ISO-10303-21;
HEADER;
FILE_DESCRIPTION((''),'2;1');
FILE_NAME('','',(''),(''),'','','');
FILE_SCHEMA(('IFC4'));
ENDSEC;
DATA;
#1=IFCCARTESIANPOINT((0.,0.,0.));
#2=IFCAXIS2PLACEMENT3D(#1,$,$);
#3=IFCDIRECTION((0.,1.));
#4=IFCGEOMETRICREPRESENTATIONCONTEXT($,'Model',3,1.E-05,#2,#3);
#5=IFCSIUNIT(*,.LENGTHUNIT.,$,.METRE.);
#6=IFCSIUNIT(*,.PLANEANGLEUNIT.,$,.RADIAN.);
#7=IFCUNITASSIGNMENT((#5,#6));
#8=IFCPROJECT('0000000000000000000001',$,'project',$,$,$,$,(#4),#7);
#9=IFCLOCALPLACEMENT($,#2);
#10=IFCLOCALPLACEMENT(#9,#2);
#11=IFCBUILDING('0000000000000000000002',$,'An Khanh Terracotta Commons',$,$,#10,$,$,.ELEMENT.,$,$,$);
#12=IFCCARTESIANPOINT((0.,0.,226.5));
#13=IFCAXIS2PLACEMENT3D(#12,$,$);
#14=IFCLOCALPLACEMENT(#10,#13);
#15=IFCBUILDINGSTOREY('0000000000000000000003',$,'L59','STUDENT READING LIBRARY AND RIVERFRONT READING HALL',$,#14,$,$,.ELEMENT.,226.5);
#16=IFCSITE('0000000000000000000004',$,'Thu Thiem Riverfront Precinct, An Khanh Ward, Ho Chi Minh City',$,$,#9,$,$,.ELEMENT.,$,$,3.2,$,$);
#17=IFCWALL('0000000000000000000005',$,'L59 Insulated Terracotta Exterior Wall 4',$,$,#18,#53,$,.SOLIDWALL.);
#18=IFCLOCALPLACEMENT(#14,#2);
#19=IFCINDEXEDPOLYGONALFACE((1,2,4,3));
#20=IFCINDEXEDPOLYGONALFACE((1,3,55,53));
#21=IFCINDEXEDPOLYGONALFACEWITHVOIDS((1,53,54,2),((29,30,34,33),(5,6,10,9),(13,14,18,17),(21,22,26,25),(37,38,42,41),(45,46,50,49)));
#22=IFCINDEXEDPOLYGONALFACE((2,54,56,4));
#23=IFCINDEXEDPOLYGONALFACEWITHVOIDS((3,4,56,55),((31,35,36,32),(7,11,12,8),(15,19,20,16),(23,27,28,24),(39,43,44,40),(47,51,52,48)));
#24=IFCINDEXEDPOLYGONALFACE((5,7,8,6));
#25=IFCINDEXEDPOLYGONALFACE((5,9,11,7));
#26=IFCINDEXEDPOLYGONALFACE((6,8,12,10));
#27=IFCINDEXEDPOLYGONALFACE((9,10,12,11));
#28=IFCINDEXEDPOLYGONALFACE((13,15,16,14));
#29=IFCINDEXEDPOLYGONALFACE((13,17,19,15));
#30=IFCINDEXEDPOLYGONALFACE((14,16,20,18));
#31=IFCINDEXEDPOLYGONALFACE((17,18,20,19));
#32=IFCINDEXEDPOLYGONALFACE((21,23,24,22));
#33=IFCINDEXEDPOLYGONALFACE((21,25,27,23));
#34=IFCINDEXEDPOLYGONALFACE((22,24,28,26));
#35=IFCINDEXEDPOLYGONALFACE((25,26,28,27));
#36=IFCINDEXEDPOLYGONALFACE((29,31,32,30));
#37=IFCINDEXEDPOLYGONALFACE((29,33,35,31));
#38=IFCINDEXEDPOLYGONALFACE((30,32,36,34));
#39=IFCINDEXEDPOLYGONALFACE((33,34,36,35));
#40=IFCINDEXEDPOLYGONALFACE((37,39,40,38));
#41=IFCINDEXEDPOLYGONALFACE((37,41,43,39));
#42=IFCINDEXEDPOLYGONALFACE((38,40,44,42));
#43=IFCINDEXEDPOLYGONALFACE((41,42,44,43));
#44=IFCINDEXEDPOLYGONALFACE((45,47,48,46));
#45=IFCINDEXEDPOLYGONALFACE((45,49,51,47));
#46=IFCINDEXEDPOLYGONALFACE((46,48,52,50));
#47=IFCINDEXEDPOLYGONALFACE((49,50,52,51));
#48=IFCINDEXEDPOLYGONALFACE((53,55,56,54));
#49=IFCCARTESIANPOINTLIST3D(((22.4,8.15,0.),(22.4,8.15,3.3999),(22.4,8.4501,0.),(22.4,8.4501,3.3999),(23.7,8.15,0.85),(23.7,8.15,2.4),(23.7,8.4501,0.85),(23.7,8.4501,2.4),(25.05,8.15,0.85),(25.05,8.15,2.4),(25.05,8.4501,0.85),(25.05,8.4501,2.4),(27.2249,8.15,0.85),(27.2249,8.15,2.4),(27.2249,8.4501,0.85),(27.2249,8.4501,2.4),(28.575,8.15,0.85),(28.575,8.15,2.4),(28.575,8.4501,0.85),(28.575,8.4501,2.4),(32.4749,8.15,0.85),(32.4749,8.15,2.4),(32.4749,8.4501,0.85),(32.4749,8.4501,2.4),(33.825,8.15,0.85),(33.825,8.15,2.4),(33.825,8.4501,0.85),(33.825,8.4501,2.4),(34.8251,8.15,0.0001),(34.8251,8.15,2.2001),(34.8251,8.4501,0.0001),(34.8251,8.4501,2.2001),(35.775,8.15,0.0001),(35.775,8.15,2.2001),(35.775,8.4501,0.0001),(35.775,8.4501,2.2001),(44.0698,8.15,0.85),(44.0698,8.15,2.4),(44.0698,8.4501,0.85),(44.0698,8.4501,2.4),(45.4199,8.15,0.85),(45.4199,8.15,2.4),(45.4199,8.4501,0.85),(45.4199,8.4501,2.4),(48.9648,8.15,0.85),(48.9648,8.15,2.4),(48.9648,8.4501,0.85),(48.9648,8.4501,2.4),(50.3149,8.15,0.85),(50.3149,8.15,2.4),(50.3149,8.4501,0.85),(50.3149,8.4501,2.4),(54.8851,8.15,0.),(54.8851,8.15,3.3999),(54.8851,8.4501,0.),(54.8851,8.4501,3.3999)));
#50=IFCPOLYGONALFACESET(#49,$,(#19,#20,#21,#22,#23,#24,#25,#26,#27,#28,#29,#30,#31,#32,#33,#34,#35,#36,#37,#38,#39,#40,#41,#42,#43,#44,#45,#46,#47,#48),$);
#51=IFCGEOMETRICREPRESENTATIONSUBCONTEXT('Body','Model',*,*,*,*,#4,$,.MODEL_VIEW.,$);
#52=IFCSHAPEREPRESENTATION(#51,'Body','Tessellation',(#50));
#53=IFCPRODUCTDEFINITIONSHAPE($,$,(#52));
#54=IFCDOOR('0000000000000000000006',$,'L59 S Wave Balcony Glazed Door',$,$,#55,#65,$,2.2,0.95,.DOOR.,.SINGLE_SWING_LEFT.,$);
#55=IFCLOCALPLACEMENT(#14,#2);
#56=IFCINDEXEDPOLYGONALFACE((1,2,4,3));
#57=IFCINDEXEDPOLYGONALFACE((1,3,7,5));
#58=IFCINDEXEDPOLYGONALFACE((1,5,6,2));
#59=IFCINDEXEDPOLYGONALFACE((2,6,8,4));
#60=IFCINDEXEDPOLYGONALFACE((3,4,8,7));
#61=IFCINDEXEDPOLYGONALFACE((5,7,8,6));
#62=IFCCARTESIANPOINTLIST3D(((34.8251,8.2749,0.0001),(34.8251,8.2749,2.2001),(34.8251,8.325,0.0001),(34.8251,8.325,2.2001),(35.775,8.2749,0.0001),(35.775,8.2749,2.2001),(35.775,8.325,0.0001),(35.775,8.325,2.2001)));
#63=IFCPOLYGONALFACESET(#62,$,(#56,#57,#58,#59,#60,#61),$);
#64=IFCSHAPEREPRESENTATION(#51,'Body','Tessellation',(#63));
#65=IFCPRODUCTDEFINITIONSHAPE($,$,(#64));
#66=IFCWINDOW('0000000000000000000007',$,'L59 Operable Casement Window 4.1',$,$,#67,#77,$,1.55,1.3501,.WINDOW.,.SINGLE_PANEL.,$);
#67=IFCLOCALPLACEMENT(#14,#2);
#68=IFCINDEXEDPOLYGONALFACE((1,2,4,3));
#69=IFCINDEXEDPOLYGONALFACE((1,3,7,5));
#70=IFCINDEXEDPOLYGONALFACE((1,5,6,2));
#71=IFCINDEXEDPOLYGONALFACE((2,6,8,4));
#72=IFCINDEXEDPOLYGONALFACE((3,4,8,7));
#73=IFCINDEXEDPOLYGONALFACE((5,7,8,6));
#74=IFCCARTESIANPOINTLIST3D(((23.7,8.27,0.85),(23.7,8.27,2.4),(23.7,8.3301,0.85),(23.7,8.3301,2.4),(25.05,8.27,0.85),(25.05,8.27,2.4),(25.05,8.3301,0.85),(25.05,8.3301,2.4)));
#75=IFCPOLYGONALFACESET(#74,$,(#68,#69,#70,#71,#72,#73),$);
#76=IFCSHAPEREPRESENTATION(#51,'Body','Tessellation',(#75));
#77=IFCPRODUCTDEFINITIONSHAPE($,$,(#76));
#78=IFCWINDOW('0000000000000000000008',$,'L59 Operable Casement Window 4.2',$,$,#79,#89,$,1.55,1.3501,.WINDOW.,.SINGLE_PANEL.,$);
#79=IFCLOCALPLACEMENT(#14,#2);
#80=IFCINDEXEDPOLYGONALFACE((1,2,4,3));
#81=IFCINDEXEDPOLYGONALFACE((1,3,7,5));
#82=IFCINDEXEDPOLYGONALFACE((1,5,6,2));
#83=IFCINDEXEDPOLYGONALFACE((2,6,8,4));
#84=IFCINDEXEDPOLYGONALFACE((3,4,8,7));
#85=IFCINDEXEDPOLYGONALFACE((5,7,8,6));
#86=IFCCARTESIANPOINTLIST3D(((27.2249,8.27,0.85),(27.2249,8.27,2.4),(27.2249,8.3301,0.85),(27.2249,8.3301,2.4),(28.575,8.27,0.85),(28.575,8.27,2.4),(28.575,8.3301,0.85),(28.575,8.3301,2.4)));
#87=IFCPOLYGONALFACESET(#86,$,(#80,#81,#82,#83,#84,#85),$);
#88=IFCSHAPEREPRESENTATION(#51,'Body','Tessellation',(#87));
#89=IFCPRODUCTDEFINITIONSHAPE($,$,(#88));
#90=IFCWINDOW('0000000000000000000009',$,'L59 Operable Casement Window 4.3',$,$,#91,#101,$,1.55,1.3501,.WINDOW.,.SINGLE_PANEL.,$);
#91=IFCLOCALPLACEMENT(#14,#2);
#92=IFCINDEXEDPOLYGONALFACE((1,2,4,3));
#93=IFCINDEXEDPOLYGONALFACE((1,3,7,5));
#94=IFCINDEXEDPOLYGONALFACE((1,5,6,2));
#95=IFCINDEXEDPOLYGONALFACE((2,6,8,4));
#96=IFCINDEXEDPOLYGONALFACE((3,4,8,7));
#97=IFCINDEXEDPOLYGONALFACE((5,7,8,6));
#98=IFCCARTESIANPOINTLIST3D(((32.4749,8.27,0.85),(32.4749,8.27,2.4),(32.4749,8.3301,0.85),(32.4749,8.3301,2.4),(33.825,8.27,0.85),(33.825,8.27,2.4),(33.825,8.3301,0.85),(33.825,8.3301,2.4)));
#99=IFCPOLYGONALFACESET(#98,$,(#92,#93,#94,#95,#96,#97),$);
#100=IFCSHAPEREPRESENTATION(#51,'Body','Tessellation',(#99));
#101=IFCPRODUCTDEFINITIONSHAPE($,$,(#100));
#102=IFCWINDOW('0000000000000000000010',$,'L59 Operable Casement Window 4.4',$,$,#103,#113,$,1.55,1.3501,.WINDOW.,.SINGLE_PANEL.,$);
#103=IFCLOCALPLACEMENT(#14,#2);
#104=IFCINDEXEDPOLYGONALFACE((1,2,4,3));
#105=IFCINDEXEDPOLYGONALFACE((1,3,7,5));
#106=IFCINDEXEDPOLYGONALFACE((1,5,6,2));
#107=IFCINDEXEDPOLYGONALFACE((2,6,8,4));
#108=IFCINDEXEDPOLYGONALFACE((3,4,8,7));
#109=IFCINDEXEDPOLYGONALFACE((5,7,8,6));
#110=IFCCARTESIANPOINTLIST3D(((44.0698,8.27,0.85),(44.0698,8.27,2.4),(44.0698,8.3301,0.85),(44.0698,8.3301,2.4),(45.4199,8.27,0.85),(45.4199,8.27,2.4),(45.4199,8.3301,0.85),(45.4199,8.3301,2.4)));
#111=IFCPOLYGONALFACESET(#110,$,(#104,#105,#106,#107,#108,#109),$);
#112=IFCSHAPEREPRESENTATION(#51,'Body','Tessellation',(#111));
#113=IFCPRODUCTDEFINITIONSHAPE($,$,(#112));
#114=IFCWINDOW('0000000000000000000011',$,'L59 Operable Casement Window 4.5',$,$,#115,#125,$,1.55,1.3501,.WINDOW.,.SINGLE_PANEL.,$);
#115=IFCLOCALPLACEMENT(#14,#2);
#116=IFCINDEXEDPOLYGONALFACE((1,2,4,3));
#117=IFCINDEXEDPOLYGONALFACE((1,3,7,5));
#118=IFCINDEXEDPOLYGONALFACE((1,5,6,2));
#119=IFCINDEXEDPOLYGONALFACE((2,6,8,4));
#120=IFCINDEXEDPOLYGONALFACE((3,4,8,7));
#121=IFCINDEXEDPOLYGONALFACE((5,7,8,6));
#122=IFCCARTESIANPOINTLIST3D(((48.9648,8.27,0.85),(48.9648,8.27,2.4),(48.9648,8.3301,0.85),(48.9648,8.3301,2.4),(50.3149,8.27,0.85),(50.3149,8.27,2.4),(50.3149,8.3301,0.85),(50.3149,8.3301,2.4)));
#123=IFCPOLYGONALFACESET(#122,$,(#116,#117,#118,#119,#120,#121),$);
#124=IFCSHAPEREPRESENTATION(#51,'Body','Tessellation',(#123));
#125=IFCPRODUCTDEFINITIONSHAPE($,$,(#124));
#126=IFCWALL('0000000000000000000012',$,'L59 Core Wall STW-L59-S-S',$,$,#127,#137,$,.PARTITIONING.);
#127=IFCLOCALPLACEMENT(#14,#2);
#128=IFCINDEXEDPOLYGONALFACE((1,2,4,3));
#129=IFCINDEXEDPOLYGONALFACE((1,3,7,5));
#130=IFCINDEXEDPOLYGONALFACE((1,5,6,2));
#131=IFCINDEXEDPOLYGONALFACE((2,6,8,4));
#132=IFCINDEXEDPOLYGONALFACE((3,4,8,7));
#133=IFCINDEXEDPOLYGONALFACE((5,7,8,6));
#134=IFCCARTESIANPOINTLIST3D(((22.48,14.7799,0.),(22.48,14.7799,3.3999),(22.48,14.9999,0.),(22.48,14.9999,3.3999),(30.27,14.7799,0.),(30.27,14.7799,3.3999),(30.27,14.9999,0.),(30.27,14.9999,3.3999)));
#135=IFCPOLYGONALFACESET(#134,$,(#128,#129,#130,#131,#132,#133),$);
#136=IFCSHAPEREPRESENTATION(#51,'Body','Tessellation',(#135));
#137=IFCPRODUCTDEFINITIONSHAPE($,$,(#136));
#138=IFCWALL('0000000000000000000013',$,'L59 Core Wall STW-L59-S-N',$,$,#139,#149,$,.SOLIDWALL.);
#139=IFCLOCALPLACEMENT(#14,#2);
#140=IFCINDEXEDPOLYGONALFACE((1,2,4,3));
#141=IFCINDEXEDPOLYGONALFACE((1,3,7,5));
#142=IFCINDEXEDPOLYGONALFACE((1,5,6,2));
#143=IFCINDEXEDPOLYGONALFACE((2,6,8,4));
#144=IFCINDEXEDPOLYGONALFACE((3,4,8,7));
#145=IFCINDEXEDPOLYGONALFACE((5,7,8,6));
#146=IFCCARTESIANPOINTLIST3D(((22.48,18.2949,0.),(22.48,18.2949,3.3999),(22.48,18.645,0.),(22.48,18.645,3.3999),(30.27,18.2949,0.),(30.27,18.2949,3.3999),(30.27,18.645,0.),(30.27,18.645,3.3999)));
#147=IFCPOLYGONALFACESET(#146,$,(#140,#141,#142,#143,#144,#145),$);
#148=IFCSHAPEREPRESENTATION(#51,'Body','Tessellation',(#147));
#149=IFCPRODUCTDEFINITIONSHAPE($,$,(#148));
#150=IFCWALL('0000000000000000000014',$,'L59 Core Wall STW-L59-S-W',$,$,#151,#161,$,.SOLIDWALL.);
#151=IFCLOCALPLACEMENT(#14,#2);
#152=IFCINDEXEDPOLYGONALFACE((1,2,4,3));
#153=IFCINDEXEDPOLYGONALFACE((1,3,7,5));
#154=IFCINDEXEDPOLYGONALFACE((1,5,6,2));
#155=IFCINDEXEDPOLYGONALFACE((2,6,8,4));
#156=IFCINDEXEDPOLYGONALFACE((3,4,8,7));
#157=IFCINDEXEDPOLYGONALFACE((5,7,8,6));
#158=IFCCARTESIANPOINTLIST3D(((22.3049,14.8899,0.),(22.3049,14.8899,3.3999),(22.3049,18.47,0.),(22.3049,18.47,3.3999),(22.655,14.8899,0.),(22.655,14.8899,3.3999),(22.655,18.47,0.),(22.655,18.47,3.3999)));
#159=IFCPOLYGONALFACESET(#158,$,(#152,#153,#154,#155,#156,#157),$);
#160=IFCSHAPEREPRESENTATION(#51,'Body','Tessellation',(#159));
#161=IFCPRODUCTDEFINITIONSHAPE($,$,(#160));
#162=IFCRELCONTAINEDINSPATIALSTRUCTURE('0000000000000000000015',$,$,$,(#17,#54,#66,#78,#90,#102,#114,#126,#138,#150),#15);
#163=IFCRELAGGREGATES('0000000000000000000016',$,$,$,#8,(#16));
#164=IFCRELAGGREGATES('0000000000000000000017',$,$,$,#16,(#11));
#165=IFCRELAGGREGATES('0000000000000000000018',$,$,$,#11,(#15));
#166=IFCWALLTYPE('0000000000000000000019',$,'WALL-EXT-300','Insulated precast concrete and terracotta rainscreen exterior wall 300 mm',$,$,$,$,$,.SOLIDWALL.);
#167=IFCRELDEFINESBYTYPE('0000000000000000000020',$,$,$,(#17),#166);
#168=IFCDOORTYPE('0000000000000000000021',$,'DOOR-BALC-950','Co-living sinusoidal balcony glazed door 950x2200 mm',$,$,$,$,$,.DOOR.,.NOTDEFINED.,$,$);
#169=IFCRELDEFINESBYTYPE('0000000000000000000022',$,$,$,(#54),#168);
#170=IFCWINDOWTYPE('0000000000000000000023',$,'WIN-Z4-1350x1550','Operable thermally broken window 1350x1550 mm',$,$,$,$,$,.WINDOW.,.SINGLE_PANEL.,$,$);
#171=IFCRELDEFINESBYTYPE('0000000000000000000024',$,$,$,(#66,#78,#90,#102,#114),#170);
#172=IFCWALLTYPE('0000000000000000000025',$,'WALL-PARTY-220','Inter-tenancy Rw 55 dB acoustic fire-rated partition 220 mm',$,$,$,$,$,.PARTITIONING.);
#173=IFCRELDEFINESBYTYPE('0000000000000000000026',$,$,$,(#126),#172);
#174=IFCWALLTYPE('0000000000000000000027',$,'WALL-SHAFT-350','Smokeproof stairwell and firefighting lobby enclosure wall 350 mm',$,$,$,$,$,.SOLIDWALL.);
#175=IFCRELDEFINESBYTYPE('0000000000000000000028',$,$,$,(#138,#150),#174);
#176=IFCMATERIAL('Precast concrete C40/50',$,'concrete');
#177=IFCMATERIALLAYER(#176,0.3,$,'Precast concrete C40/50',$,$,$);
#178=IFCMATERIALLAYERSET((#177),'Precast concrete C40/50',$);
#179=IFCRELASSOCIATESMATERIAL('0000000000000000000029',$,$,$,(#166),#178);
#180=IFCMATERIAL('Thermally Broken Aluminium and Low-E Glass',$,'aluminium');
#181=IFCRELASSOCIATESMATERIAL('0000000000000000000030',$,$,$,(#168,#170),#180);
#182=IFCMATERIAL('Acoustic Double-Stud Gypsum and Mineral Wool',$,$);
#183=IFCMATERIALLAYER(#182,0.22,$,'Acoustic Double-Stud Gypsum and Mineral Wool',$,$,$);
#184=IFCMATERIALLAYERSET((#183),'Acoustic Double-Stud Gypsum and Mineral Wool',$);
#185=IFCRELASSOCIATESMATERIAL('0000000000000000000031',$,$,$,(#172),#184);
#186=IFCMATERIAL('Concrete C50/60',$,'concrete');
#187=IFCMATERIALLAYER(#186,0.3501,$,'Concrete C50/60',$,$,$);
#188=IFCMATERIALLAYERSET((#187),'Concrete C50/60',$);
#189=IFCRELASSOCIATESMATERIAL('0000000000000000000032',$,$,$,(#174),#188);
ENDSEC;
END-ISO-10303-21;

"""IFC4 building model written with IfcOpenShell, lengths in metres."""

from ifc_helpers import new_model, si_unit, direction, frame, frame_2d, origin, place, context, subcontext, project, spatial, rectangle, extrude, material, layer, layer_set, type_object, element, fill, save


model = new_model("IFC4")

# Units and contexts
model_context = context("Model", 3, precision=1e-05, world=origin(), true_north=direction((0.0, 1.0)))
body_context = subcontext(model_context, "Body", "Model", "MODEL_VIEW")
ifc_project = project(units=[si_unit("LENGTHUNIT", "METRE"), si_unit("PLANEANGLEUNIT", "RADIAN")], contexts=[model_context])

# Site, building, storey
site_placement = place(None, origin())
site = spatial("IfcSite", under=ifc_project, at=site_placement, Name="Thu Thiem Riverfront Precinct, An Khanh Ward, Ho Chi Minh City", CompositionType="ELEMENT", RefElevation=3.2)
building_placement = place(site_placement, origin())
building = spatial("IfcBuilding", under=site, at=building_placement, Name="An Khanh Terracotta Commons", CompositionType="ELEMENT")
storey_placement = place(building_placement, frame((0.0, 0.0, 226.5)))
storey = spatial("IfcBuildingStorey", under=building, at=storey_placement, Name="L59", Description="STUDENT READING LIBRARY AND RIVERFRONT READING HALL", CompositionType="ELEMENT", Elevation=226.5)

# Shared definitions
ifc_material_1 = material(Name="Concrete C50/60", Category="concrete")
ifc_material_2 = material(Name="Precast concrete C40/50", Category="concrete")
ifc_layer_1 = layer(ifc_material_2, 0.3, Name="Precast concrete C40/50")
ifc_layer_set_1 = layer_set([ifc_layer_1], Name="Precast concrete C40/50")
wall_type_1 = type_object("IfcWallType", Name="WALL-EXT-300", Description="Insulated precast concrete and terracotta rainscreen exterior wall 300 mm", PredefinedType="SOLIDWALL", material=ifc_layer_set_1)

# Wall, openings, door, windows
wall_1_placement = place(storey_placement, frame((22.3999, 8.3, 0.0), z_axis=(0.0, 0.0, 1.0), x_axis=(1.0, 0.0, 0.0)))
wall_1 = element("IfcWall", 1, at=wall_1_placement, inside=storey, type_object=wall_type_1, Name="L59 Insulated Terracotta Exterior Wall 4", PredefinedType="SOLIDWALL", context=body_context, shape_type="SweptSolid", body=[
    extrude(rectangle(XDim=32.4851, YDim=0.3, at=frame_2d((16.2427, 0.0))), origin(), (0.0, 0.0, 1.0), 3.3999),
])
opening_1_placement = place(wall_1_placement, frame((12.425, 0.0, 0.0)))
opening_1 = element("IfcOpeningElement", 2, at=opening_1_placement, cuts=wall_1, PredefinedType="OPENING", context=body_context, shape_type="SweptSolid", body=[
    extrude(rectangle(XDim=0.95, YDim=2.2, at=frame_2d((0.4751, 1.1001))), frame((0.0, 0.1599, 0.0), z_axis=(0.0, -1.0, 0.0), x_axis=(1.0, 0.0, 0.0)), (0.0, 0.0, 1.0), 0.3201),
])
opening_2_placement = place(wall_1_placement, frame((1.3, 0.0, 0.8501)))
opening_2 = element("IfcOpeningElement", 3, at=opening_2_placement, cuts=wall_1, PredefinedType="OPENING", context=body_context, shape_type="SweptSolid", body=[
    extrude(rectangle(XDim=1.3501, YDim=1.55, at=frame_2d((0.675, 0.7749))), frame((0.0, 0.1599, 0.0), z_axis=(0.0, -1.0, 0.0), x_axis=(1.0, 0.0, 0.0)), (0.0, 0.0, 1.0), 0.3201),
])
opening_3_placement = place(wall_1_placement, frame((4.825, 0.0, 0.8501)))
opening_3 = element("IfcOpeningElement", 4, at=opening_3_placement, cuts=wall_1, PredefinedType="OPENING", context=body_context, shape_type="SweptSolid", body=[
    extrude(rectangle(XDim=1.3501, YDim=1.55, at=frame_2d((0.675, 0.7749))), frame((0.0, 0.1599, 0.0), z_axis=(0.0, -1.0, 0.0), x_axis=(1.0, 0.0, 0.0)), (0.0, 0.0, 1.0), 0.3201),
])
opening_4_placement = place(wall_1_placement, frame((10.075, 0.0, 0.8501)))
opening_4 = element("IfcOpeningElement", 5, at=opening_4_placement, cuts=wall_1, PredefinedType="OPENING", context=body_context, shape_type="SweptSolid", body=[
    extrude(rectangle(XDim=1.3501, YDim=1.55, at=frame_2d((0.675, 0.7749))), frame((0.0, 0.1599, 0.0), z_axis=(0.0, -1.0, 0.0), x_axis=(1.0, 0.0, 0.0)), (0.0, 0.0, 1.0), 0.3201),
])
opening_5_placement = place(wall_1_placement, frame((21.6699, 0.0, 0.8501)))
opening_5 = element("IfcOpeningElement", 6, at=opening_5_placement, cuts=wall_1, PredefinedType="OPENING", context=body_context, shape_type="SweptSolid", body=[
    extrude(rectangle(XDim=1.3501, YDim=1.55, at=frame_2d((0.675, 0.7749))), frame((0.0, 0.1599, 0.0), z_axis=(0.0, -1.0, 0.0), x_axis=(1.0, 0.0, 0.0)), (0.0, 0.0, 1.0), 0.3201),
])
opening_6_placement = place(wall_1_placement, frame((26.5649, 0.0, 0.8501)))
opening_6 = element("IfcOpeningElement", 7, at=opening_6_placement, cuts=wall_1, PredefinedType="OPENING", context=body_context, shape_type="SweptSolid", body=[
    extrude(rectangle(XDim=1.3501, YDim=1.55, at=frame_2d((0.675, 0.7749))), frame((0.0, 0.1599, 0.0), z_axis=(0.0, -1.0, 0.0), x_axis=(1.0, 0.0, 0.0)), (0.0, 0.0, 1.0), 0.3201),
])
ifc_material_3 = material(Name="Thermally Broken Aluminium and Low-E Glass", Category="aluminium")
door_type = type_object("IfcDoorType", Name="DOOR-BALC-950", Description="Co-living sinusoidal balcony glazed door 950x2200 mm", OperationType="NOTDEFINED", PredefinedType="DOOR", material=ifc_material_3)
door_placement = place(opening_1_placement, origin())
door = element("IfcDoor", 8, at=door_placement, inside=storey, type_object=door_type, Name="L59 S Wave Balcony Glazed Door", OperationType="SINGLE_SWING_LEFT", OverallHeight=2.2, OverallWidth=0.95, PredefinedType="DOOR", context=body_context, shape_type="SweptSolid", body=[
    extrude(rectangle(XDim=0.95, YDim=2.2, at=frame_2d((0.4751, 1.1001))), frame((0.0, 0.0249, 0.0), z_axis=(0.0, -1.0, 0.0), x_axis=(1.0, 0.0, 0.0)), (0.0, 0.0, 1.0), 0.05),
])
fill(opening_1, door)
window_type = type_object("IfcWindowType", Name="WIN-Z4-1350x1550", Description="Operable thermally broken window 1350x1550 mm", PartitioningType="SINGLE_PANEL", PredefinedType="WINDOW", material=ifc_material_3)
window_1_placement = place(opening_2_placement, origin())
window_1 = element("IfcWindow", 9, at=window_1_placement, inside=storey, type_object=window_type, Name="L59 Operable Casement Window 4.1", OverallHeight=1.55, OverallWidth=1.3501, PartitioningType="SINGLE_PANEL", PredefinedType="WINDOW", context=body_context, shape_type="SweptSolid", body=[
    extrude(rectangle(XDim=1.3501, YDim=1.55, at=frame_2d((0.675, 0.7749))), frame((0.0, 0.03, 0.0), z_axis=(0.0, -1.0, 0.0), x_axis=(1.0, 0.0, 0.0)), (0.0, 0.0, 1.0), 0.0601),
])
fill(opening_2, window_1)
window_2_placement = place(opening_3_placement, origin())
window_2 = element("IfcWindow", 10, at=window_2_placement, inside=storey, type_object=window_type, Name="L59 Operable Casement Window 4.2", OverallHeight=1.55, OverallWidth=1.3501, PartitioningType="SINGLE_PANEL", PredefinedType="WINDOW", context=body_context, shape_type="SweptSolid", body=[
    extrude(rectangle(XDim=1.3501, YDim=1.55, at=frame_2d((0.675, 0.7749))), frame((0.0, 0.03, 0.0), z_axis=(0.0, -1.0, 0.0), x_axis=(1.0, 0.0, 0.0)), (0.0, 0.0, 1.0), 0.0601),
])
fill(opening_3, window_2)
window_3_placement = place(opening_4_placement, origin())
window_3 = element("IfcWindow", 11, at=window_3_placement, inside=storey, type_object=window_type, Name="L59 Operable Casement Window 4.3", OverallHeight=1.55, OverallWidth=1.3501, PartitioningType="SINGLE_PANEL", PredefinedType="WINDOW", context=body_context, shape_type="SweptSolid", body=[
    extrude(rectangle(XDim=1.3501, YDim=1.55, at=frame_2d((0.675, 0.7749))), frame((0.0, 0.03, 0.0), z_axis=(0.0, -1.0, 0.0), x_axis=(1.0, 0.0, 0.0)), (0.0, 0.0, 1.0), 0.0601),
])
fill(opening_4, window_3)
window_4_placement = place(opening_5_placement, origin())
window_4 = element("IfcWindow", 12, at=window_4_placement, inside=storey, type_object=window_type, Name="L59 Operable Casement Window 4.4", OverallHeight=1.55, OverallWidth=1.3501, PartitioningType="SINGLE_PANEL", PredefinedType="WINDOW", context=body_context, shape_type="SweptSolid", body=[
    extrude(rectangle(XDim=1.3501, YDim=1.55, at=frame_2d((0.675, 0.7749))), frame((0.0, 0.03, 0.0), z_axis=(0.0, -1.0, 0.0), x_axis=(1.0, 0.0, 0.0)), (0.0, 0.0, 1.0), 0.0601),
])
fill(opening_5, window_4)
window_5_placement = place(opening_6_placement, origin())
window_5 = element("IfcWindow", 13, at=window_5_placement, inside=storey, type_object=window_type, Name="L59 Operable Casement Window 4.5", OverallHeight=1.55, OverallWidth=1.3501, PartitioningType="SINGLE_PANEL", PredefinedType="WINDOW", context=body_context, shape_type="SweptSolid", body=[
    extrude(rectangle(XDim=1.3501, YDim=1.55, at=frame_2d((0.675, 0.7749))), frame((0.0, 0.03, 0.0), z_axis=(0.0, -1.0, 0.0), x_axis=(1.0, 0.0, 0.0)), (0.0, 0.0, 1.0), 0.0601),
])
fill(opening_6, window_5)

# Walls
ifc_material_4 = material(Name="Acoustic Double-Stud Gypsum and Mineral Wool")
ifc_layer_2 = layer(ifc_material_4, 0.22, Name="Acoustic Double-Stud Gypsum and Mineral Wool")
ifc_layer_set_2 = layer_set([ifc_layer_2], Name="Acoustic Double-Stud Gypsum and Mineral Wool")
wall_type_2 = type_object("IfcWallType", Name="WALL-PARTY-220", Description="Inter-tenancy Rw 55 dB acoustic fire-rated partition 220 mm", PredefinedType="PARTITIONING", material=ifc_layer_set_2)
wall_2_placement = place(storey_placement, frame((22.48, 14.8899, 0.0), z_axis=(0.0, 0.0, 1.0), x_axis=(1.0, 0.0, 0.0)))
element("IfcWall", 14, at=wall_2_placement, inside=storey, type_object=wall_type_2, Name="L59 Core Wall STW-L59-S-S", PredefinedType="PARTITIONING", context=body_context, shape_type="SweptSolid", body=[
    extrude(rectangle(XDim=7.79, YDim=0.22, at=frame_2d((3.895, 0.0))), origin(), (0.0, 0.0, 1.0), 3.3999),
])
ifc_layer_3 = layer(ifc_material_1, 0.3501, Name="Concrete C50/60")
ifc_layer_set_3 = layer_set([ifc_layer_3], Name="Concrete C50/60")
wall_type_3 = type_object("IfcWallType", Name="WALL-SHAFT-350", Description="Smokeproof stairwell and firefighting lobby enclosure wall 350 mm", PredefinedType="SOLIDWALL", material=ifc_layer_set_3)
wall_3_placement = place(storey_placement, frame((22.48, 18.47, 0.0), z_axis=(0.0, 0.0, 1.0), x_axis=(1.0, 0.0, 0.0)))
element("IfcWall", 15, at=wall_3_placement, inside=storey, type_object=wall_type_3, Name="L59 Core Wall STW-L59-S-N", PredefinedType="SOLIDWALL", context=body_context, shape_type="SweptSolid", body=[
    extrude(rectangle(XDim=7.79, YDim=0.3501, at=frame_2d((3.895, 0.0))), origin(), (0.0, 0.0, 1.0), 3.3999),
])
wall_4_placement = place(storey_placement, frame((22.48, 14.8899, 0.0), z_axis=(0.0, 0.0, 1.0), x_axis=(0.0, 1.0, 0.0)))
element("IfcWall", 16, at=wall_4_placement, inside=storey, type_object=wall_type_3, Name="L59 Core Wall STW-L59-S-W", PredefinedType="SOLIDWALL", context=body_context, shape_type="SweptSolid", body=[
    extrude(rectangle(XDim=3.5801, YDim=0.3501, at=frame_2d((1.79, 0.0))), origin(), (0.0, 0.0, 1.0), 3.3999),
])

save(model, "model.ifc")
